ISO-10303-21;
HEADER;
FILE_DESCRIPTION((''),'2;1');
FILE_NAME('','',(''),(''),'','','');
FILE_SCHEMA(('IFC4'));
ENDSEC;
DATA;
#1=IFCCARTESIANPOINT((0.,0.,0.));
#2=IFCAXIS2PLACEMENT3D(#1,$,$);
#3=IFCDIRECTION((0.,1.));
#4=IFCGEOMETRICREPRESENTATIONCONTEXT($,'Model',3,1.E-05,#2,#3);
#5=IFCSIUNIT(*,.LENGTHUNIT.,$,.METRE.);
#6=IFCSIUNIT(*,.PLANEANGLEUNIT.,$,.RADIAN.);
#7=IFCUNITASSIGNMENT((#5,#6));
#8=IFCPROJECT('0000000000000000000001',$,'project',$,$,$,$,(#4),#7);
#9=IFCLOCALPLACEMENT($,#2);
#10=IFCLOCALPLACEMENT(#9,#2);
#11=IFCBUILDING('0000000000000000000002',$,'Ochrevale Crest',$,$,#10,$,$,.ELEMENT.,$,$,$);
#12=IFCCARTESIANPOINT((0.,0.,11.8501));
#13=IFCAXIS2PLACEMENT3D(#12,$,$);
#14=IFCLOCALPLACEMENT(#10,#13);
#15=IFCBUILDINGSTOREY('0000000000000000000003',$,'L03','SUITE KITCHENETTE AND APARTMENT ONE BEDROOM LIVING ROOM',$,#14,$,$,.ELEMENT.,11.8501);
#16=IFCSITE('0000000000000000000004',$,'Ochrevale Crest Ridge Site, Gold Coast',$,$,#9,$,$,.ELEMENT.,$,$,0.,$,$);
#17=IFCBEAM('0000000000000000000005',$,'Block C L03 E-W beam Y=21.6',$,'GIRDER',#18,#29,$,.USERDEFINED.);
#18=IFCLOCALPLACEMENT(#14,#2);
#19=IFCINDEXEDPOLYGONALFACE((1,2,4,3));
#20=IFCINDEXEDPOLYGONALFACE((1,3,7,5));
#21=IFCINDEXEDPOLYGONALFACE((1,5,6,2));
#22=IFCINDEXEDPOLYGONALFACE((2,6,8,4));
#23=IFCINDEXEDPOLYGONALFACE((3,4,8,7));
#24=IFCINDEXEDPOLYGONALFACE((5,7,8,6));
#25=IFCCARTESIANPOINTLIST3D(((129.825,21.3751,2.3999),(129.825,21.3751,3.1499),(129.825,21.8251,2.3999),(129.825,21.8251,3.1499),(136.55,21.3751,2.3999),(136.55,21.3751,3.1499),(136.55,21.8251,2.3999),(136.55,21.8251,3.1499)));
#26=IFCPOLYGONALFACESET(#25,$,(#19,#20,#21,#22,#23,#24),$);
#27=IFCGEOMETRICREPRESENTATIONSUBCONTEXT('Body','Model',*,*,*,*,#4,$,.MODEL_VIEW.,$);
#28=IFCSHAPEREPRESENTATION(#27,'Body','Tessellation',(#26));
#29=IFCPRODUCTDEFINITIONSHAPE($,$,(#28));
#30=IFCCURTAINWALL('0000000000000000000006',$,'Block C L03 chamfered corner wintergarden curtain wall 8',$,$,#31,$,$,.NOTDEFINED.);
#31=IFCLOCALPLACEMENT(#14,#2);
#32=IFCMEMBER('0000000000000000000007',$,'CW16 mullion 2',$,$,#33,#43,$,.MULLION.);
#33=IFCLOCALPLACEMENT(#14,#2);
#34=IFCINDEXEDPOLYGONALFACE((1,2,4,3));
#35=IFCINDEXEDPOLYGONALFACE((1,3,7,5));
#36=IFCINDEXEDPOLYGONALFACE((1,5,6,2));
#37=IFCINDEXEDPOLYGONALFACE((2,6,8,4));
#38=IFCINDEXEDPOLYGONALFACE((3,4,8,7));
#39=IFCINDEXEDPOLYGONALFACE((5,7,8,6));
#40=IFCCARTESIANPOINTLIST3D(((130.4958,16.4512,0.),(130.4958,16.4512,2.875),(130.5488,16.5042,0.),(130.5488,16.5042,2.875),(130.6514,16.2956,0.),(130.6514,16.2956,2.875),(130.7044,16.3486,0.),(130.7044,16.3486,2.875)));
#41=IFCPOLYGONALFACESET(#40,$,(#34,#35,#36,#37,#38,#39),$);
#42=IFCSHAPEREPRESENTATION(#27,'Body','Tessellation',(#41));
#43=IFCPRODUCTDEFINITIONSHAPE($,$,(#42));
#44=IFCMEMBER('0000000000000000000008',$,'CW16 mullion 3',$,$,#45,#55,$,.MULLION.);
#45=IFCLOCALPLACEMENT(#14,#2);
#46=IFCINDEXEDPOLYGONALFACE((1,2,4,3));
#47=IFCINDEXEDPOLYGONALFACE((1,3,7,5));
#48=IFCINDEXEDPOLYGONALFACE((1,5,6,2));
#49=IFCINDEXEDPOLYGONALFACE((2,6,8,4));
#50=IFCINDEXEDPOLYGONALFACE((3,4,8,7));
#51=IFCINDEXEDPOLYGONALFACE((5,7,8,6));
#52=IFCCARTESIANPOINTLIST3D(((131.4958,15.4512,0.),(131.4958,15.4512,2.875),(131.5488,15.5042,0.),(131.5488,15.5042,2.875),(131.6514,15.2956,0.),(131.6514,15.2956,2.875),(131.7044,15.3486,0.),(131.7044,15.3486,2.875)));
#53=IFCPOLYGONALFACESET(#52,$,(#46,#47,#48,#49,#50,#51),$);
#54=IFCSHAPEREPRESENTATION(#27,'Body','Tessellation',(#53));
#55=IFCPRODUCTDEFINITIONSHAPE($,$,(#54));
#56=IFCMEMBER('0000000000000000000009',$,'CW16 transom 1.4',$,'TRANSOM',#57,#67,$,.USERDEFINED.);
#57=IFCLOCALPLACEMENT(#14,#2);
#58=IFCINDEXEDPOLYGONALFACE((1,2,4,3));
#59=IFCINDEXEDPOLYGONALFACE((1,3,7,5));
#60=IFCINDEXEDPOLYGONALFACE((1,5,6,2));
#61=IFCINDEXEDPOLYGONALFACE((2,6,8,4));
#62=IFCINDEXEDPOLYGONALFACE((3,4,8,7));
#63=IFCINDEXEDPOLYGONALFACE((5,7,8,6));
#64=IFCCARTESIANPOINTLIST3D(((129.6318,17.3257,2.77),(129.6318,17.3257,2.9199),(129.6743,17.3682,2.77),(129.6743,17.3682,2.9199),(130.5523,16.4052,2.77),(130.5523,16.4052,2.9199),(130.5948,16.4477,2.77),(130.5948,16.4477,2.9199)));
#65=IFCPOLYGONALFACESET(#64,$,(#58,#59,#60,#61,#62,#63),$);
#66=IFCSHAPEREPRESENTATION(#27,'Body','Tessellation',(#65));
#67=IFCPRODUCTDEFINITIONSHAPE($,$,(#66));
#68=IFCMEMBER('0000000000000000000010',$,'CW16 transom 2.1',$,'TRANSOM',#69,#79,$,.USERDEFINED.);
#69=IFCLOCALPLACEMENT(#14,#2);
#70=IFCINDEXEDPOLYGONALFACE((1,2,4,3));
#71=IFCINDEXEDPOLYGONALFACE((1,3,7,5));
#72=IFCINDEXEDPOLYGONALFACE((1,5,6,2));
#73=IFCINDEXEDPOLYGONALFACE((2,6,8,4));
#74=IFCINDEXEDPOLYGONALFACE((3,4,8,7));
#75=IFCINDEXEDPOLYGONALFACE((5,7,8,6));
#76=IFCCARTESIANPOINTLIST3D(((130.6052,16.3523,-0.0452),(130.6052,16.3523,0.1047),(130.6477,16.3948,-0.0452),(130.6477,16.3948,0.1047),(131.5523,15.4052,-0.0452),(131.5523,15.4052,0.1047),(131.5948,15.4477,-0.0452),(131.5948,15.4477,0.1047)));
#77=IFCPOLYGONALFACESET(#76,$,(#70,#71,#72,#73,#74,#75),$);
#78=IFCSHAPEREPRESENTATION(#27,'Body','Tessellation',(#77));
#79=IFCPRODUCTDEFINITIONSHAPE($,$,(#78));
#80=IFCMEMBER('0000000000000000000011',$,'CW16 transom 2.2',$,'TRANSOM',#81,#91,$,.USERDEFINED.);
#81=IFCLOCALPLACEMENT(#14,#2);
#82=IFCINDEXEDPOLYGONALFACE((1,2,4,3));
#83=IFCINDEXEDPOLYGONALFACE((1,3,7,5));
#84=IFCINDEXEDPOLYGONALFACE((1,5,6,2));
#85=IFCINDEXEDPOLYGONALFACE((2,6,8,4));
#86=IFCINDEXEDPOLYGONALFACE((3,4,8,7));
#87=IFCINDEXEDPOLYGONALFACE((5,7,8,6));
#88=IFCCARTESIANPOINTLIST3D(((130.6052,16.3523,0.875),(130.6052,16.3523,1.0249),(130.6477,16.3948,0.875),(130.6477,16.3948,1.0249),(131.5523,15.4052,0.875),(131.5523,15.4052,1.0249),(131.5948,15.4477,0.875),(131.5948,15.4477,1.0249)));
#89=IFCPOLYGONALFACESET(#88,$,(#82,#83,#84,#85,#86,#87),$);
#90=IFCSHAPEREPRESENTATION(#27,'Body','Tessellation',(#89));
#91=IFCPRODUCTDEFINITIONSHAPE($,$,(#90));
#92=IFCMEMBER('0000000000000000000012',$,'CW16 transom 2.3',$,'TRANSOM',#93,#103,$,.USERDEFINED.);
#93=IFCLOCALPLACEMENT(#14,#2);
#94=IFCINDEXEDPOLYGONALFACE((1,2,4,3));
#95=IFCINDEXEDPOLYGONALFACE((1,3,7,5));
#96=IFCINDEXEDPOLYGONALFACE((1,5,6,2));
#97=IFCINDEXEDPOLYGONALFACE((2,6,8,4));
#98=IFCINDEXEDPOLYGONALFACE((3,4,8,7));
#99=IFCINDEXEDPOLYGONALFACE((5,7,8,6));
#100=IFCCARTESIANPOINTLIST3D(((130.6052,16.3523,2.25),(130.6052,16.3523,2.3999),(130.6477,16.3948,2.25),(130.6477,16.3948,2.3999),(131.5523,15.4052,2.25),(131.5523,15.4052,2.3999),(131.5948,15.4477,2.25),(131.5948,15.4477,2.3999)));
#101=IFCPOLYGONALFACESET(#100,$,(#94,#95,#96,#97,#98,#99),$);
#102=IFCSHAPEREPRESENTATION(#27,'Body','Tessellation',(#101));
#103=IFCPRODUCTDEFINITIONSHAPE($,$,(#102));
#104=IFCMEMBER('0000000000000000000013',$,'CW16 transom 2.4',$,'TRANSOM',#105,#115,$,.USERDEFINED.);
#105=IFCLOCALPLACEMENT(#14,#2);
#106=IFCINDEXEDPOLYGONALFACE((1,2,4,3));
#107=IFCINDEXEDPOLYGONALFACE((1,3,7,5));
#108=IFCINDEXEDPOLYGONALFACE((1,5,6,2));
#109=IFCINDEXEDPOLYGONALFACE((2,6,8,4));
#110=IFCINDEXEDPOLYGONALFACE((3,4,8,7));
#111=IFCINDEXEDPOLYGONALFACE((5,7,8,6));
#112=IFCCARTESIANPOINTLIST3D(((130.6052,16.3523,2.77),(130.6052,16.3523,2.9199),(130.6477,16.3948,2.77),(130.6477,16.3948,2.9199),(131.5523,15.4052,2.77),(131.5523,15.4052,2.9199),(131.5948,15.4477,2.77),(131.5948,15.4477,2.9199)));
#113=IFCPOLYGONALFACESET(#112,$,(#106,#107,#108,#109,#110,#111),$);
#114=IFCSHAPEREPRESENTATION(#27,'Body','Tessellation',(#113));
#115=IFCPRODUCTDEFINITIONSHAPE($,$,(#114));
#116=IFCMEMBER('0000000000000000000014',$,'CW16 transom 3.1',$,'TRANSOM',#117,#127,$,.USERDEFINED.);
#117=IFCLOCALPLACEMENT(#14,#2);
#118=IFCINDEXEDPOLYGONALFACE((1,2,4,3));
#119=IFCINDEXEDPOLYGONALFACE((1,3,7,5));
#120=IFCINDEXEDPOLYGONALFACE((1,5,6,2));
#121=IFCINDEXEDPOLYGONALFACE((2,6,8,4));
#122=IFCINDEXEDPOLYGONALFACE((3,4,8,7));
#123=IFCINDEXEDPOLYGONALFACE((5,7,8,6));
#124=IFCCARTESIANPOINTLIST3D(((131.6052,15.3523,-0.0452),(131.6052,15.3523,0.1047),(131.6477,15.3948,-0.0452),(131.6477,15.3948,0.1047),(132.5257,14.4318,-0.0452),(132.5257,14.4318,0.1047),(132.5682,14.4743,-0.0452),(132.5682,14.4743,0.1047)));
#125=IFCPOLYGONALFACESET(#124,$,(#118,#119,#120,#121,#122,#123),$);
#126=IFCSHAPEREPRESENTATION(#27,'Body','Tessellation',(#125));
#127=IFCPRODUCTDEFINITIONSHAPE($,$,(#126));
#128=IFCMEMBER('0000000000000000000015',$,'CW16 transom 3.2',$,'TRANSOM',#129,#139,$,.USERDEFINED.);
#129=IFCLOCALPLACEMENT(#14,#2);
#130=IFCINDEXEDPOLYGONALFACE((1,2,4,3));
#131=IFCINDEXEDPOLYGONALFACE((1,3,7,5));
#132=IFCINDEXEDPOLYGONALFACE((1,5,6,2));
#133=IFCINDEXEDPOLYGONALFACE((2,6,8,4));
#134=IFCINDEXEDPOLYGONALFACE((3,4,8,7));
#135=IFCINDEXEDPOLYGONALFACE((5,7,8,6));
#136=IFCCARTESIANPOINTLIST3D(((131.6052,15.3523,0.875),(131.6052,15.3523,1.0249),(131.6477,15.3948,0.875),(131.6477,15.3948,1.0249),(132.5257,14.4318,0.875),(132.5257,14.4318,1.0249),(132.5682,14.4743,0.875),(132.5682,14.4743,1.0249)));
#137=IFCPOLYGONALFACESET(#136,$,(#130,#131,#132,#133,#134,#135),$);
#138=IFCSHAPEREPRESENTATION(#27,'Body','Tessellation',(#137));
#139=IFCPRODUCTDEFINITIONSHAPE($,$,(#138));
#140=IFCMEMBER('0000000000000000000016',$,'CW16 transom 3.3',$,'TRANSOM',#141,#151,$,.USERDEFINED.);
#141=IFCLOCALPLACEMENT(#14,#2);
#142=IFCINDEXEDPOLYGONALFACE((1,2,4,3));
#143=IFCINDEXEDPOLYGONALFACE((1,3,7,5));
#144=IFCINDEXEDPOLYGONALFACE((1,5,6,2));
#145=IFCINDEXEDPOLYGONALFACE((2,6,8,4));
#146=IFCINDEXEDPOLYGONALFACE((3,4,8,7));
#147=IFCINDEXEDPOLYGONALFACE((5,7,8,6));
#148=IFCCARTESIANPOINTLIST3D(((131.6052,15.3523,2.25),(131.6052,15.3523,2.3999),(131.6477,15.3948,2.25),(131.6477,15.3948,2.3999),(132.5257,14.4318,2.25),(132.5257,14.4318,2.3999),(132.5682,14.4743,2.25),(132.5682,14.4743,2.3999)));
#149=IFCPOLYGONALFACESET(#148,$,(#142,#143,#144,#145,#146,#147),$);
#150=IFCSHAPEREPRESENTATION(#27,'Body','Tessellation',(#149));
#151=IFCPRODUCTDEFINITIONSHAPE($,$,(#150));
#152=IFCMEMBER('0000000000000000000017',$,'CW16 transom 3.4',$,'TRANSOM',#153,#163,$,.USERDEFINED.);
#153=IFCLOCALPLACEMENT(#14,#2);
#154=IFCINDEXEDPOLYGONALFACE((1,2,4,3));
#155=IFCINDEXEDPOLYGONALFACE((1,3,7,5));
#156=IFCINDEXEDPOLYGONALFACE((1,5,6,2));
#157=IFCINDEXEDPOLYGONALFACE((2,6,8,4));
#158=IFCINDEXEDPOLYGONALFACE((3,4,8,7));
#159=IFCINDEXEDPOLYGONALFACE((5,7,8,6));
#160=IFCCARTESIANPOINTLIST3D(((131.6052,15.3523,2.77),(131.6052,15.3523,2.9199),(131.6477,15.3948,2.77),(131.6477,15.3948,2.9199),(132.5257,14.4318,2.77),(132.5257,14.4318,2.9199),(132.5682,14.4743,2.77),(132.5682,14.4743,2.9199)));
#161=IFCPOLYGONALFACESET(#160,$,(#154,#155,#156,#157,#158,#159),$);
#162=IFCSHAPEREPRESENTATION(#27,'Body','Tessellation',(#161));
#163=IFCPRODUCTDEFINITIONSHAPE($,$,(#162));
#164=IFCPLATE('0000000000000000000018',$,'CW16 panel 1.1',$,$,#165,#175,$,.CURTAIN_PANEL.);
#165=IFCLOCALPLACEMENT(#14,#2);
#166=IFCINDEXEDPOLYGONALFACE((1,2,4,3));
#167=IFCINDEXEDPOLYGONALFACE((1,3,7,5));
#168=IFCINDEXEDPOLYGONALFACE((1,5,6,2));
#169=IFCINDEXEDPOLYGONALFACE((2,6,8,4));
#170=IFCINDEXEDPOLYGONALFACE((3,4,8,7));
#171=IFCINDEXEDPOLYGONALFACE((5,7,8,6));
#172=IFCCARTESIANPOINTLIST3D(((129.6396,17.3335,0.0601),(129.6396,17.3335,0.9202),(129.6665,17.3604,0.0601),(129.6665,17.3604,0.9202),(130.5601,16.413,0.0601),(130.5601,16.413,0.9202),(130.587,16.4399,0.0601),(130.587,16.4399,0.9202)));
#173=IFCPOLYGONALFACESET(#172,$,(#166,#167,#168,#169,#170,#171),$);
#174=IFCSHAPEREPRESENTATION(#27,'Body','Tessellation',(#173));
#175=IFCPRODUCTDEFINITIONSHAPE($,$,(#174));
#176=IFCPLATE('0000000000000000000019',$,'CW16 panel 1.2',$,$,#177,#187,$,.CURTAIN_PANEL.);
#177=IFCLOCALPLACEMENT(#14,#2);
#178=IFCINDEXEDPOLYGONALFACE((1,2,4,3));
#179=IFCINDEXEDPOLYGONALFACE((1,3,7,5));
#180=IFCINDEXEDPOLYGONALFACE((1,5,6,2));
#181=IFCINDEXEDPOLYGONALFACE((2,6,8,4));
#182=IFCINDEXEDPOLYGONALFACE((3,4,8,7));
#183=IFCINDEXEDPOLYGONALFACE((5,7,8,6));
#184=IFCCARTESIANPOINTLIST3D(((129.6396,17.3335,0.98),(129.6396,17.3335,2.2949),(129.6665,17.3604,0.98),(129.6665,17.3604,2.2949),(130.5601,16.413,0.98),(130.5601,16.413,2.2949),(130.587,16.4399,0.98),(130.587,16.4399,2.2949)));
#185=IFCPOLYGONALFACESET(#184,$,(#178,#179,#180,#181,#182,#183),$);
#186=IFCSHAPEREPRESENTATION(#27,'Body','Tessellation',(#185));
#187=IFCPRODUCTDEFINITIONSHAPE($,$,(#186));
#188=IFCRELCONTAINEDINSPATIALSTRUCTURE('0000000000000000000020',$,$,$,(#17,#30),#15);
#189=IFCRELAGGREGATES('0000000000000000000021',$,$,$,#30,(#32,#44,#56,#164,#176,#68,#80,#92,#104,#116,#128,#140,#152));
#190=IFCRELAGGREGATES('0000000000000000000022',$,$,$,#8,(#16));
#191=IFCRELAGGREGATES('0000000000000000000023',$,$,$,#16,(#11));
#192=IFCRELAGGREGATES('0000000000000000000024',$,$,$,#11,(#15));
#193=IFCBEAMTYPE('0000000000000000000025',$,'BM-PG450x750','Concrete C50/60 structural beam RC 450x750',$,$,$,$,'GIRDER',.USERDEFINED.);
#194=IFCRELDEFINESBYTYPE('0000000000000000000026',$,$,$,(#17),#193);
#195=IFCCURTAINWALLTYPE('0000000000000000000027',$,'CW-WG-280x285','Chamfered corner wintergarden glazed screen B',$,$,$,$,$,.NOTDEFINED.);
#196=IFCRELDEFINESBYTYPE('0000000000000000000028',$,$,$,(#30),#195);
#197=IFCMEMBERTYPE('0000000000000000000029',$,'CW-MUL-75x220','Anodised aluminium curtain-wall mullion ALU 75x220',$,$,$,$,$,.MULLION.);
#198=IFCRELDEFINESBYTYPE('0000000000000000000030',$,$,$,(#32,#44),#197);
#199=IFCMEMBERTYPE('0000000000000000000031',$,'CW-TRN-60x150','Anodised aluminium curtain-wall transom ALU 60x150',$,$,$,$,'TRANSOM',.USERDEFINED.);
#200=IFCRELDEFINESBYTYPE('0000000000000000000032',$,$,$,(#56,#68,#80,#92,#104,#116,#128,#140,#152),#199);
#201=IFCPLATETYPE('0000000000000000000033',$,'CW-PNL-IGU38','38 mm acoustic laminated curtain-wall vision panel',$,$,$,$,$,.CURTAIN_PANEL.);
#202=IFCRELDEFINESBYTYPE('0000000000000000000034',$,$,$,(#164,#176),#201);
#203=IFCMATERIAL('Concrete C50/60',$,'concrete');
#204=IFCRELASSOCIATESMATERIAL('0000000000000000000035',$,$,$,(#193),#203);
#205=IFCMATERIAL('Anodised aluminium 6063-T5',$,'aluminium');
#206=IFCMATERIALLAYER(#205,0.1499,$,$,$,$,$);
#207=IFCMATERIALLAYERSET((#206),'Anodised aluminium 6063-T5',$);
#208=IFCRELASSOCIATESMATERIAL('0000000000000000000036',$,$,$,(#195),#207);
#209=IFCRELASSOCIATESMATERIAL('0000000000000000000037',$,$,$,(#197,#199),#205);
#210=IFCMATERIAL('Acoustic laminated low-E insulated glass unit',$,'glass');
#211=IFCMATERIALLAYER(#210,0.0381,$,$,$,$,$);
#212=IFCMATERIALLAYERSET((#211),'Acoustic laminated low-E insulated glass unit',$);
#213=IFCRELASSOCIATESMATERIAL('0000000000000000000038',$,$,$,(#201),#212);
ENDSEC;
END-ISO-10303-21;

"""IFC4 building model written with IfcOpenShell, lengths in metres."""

from ifc_helpers import new_model, si_unit, direction, frame, origin, origin_2d, place, context, subcontext, project, spatial, rectangle, extrude, material, layer, layer_set, material_profile, profile_set, type_object, element, aggregate, save


model = new_model("IFC4")

# Units and contexts
model_context = context("Model", 3, precision=1e-05, world=origin(), true_north=direction((0.0, 1.0)))
body_context = subcontext(model_context, "Body", "Model", "MODEL_VIEW")
ifc_project = project(units=[si_unit("LENGTHUNIT", "METRE"), si_unit("PLANEANGLEUNIT", "RADIAN")], contexts=[model_context])

# Site, building, storey
site_placement = place(None, origin())
site = spatial("IfcSite", under=ifc_project, at=site_placement, Name="Ochrevale Crest Ridge Site, Gold Coast", CompositionType="ELEMENT", RefElevation=0.0)
building_placement = place(site_placement, origin())
building = spatial("IfcBuilding", under=site, at=building_placement, Name="Ochrevale Crest", CompositionType="ELEMENT")
storey_placement = place(building_placement, frame((0.0, 0.0, 11.8501)))
storey = spatial("IfcBuildingStorey", under=building, at=storey_placement, Name="L03", Description="SUITE KITCHENETTE AND APARTMENT ONE BEDROOM LIVING ROOM", CompositionType="ELEMENT", Elevation=11.8501)

# Beam
ifc_material_1 = material(Name="Concrete C50/60", Category="concrete")
ifc_material_profile_1 = material_profile(ifc_material_1, rectangle(XDim=0.45, YDim=0.75, at=origin_2d()), Name="RC 450x750")
ifc_profile_set_1 = profile_set([ifc_material_profile_1], Name="Concrete C50/60")
beam_type = type_object("IfcBeamType", Name="BM-PG450x750", Description="Concrete C50/60 structural beam RC 450x750", ElementType="GIRDER", PredefinedType="USERDEFINED", material=ifc_profile_set_1)
beam_placement = place(storey_placement, frame((129.825, 21.6001, 2.7749), z_axis=(1.0, 0.0, 0.0), x_axis=(0.0, 1.0, 0.0)))
element("IfcBeam", 1, at=beam_placement, inside=storey, type_object=beam_type, Name="Block C L03 E-W beam Y=21.6", ObjectType="GIRDER", PredefinedType="USERDEFINED", context=body_context, shape_type="SweptSolid", body=[
    extrude(rectangle(XDim=0.45, YDim=0.75, at=origin_2d()), origin(), (0.0, 0.0, 1.0), 6.7251),
])

# Curtain wall, members, plates
ifc_material_2 = material(Name="Anodised aluminium 6063-T5", Category="aluminium")
ifc_layer_1 = layer(ifc_material_2, 0.1499)
ifc_layer_set_1 = layer_set([ifc_layer_1], Name="Anodised aluminium 6063-T5")
curtain_wall_type = type_object("IfcCurtainWallType", Name="CW-WG-280x285", Description="Chamfered corner wintergarden glazed screen B", PredefinedType="NOTDEFINED", material=ifc_layer_set_1)
curtain_wall_placement = place(storey_placement, origin())
curtain_wall = element("IfcCurtainWall", 2, at=curtain_wall_placement, inside=storey, type_object=curtain_wall_type, Name="Block C L03 chamfered corner wintergarden curtain wall 8", PredefinedType="NOTDEFINED")
ifc_material_profile_2 = material_profile(ifc_material_2, rectangle(XDim=0.075, YDim=0.22, at=origin_2d()), Name="ALU 75x220")
ifc_profile_set_2 = profile_set([ifc_material_profile_2], Name="Anodised aluminium 6063-T5")
member_type_1 = type_object("IfcMemberType", Name="CW-MUL-75x220", Description="Anodised aluminium curtain-wall mullion ALU 75x220", PredefinedType="MULLION", material=ifc_profile_set_2)
member_1_placement = place(storey_placement, frame((130.6001, 16.3999, 0.0), z_axis=(0.0, 0.0, 1.0), x_axis=(0.707107, 0.707107, 0.0)))
member_1 = element("IfcMember", 3, at=member_1_placement, type_object=member_type_1, Name="CW16 mullion 2", PredefinedType="MULLION", context=body_context, shape_type="SweptSolid", body=[
    extrude(rectangle(XDim=0.075, YDim=0.22, at=origin_2d()), origin(), (0.0, 0.0, 1.0), 2.875),
])
member_2_placement = place(storey_placement, frame((131.6001, 15.3999, 0.0), z_axis=(0.0, 0.0, 1.0), x_axis=(0.707107, 0.707107, 0.0)))
member_2 = element("IfcMember", 4, at=member_2_placement, type_object=member_type_1, Name="CW16 mullion 3", PredefinedType="MULLION", context=body_context, shape_type="SweptSolid", body=[
    extrude(rectangle(XDim=0.075, YDim=0.22, at=origin_2d()), origin(), (0.0, 0.0, 1.0), 2.875),
])
ifc_material_profile_3 = material_profile(ifc_material_2, rectangle(XDim=0.0601, YDim=0.1499, at=origin_2d()), Name="ALU 60x150")
ifc_profile_set_3 = profile_set([ifc_material_profile_3], Name="Anodised aluminium 6063-T5")
member_type_2 = type_object("IfcMemberType", Name="CW-TRN-60x150", Description="Anodised aluminium curtain-wall transom ALU 60x150", ElementType="TRANSOM", PredefinedType="USERDEFINED", material=ifc_profile_set_3)
member_3_placement = place(storey_placement, frame((129.6531, 17.3469, 2.845), z_axis=(0.707107, -0.707107, 0.0), x_axis=(0.707107, 0.707107, 0.0)))
member_3 = element("IfcMember", 5, at=member_3_placement, type_object=member_type_2, Name="CW16 transom 1.4", ObjectType="TRANSOM", PredefinedType="USERDEFINED", context=body_context, shape_type="SweptSolid", body=[
    extrude(rectangle(XDim=0.0601, YDim=0.1499, at=origin_2d()), origin(), (0.0, 0.0, 1.0), 1.3018),
])
member_4_placement = place(storey_placement, frame((130.6265, 16.3735, 0.0298), z_axis=(0.707107, -0.707107, 0.0), x_axis=(0.707107, 0.707107, 0.0)))
member_4 = element("IfcMember", 6, at=member_4_placement, type_object=member_type_2, Name="CW16 transom 2.1", ObjectType="TRANSOM", PredefinedType="USERDEFINED", context=body_context, shape_type="SweptSolid", body=[
    extrude(rectangle(XDim=0.0601, YDim=0.1499, at=origin_2d()), origin(), (0.0, 0.0, 1.0), 1.3394),
])
member_5_placement = place(storey_placement, frame((130.6265, 16.3735, 0.95), z_axis=(0.707107, -0.707107, 0.0), x_axis=(0.707107, 0.707107, 0.0)))
member_5 = element("IfcMember", 7, at=member_5_placement, type_object=member_type_2, Name="CW16 transom 2.2", ObjectType="TRANSOM", PredefinedType="USERDEFINED", context=body_context, shape_type="SweptSolid", body=[
    extrude(rectangle(XDim=0.0601, YDim=0.1499, at=origin_2d()), origin(), (0.0, 0.0, 1.0), 1.3394),
])
member_6_placement = place(storey_placement, frame((130.6265, 16.3735, 2.325), z_axis=(0.707107, -0.707107, 0.0), x_axis=(0.707107, 0.707107, 0.0)))
member_6 = element("IfcMember", 8, at=member_6_placement, type_object=member_type_2, Name="CW16 transom 2.3", ObjectType="TRANSOM", PredefinedType="USERDEFINED", context=body_context, shape_type="SweptSolid", body=[
    extrude(rectangle(XDim=0.0601, YDim=0.1499, at=origin_2d()), origin(), (0.0, 0.0, 1.0), 1.3394),
])
member_7_placement = place(storey_placement, frame((130.6265, 16.3735, 2.845), z_axis=(0.707107, -0.707107, 0.0), x_axis=(0.707107, 0.707107, 0.0)))
member_7 = element("IfcMember", 9, at=member_7_placement, type_object=member_type_2, Name="CW16 transom 2.4", ObjectType="TRANSOM", PredefinedType="USERDEFINED", context=body_context, shape_type="SweptSolid", body=[
    extrude(rectangle(XDim=0.0601, YDim=0.1499, at=origin_2d()), origin(), (0.0, 0.0, 1.0), 1.3394),
])
member_8_placement = place(storey_placement, frame((131.6265, 15.3735, 0.0298), z_axis=(0.707107, -0.707107, 0.0), x_axis=(0.707107, 0.707107, 0.0)))
member_8 = element("IfcMember", 10, at=member_8_placement, type_object=member_type_2, Name="CW16 transom 3.1", ObjectType="TRANSOM", PredefinedType="USERDEFINED", context=body_context, shape_type="SweptSolid", body=[
    extrude(rectangle(XDim=0.0601, YDim=0.1499, at=origin_2d()), origin(), (0.0, 0.0, 1.0), 1.3018),
])
member_9_placement = place(storey_placement, frame((131.6265, 15.3735, 0.95), z_axis=(0.707107, -0.707107, 0.0), x_axis=(0.707107, 0.707107, 0.0)))
member_9 = element("IfcMember", 11, at=member_9_placement, type_object=member_type_2, Name="CW16 transom 3.2", ObjectType="TRANSOM", PredefinedType="USERDEFINED", context=body_context, shape_type="SweptSolid", body=[
    extrude(rectangle(XDim=0.0601, YDim=0.1499, at=origin_2d()), origin(), (0.0, 0.0, 1.0), 1.3018),
])
member_10_placement = place(storey_placement, frame((131.6265, 15.3735, 2.325), z_axis=(0.707107, -0.707107, 0.0), x_axis=(0.707107, 0.707107, 0.0)))
member_10 = element("IfcMember", 12, at=member_10_placement, type_object=member_type_2, Name="CW16 transom 3.3", ObjectType="TRANSOM", PredefinedType="USERDEFINED", context=body_context, shape_type="SweptSolid", body=[
    extrude(rectangle(XDim=0.0601, YDim=0.1499, at=origin_2d()), origin(), (0.0, 0.0, 1.0), 1.3018),
])
member_11_placement = place(storey_placement, frame((131.6265, 15.3735, 2.845), z_axis=(0.707107, -0.707107, 0.0), x_axis=(0.707107, 0.707107, 0.0)))
member_11 = element("IfcMember", 13, at=member_11_placement, type_object=member_type_2, Name="CW16 transom 3.4", ObjectType="TRANSOM", PredefinedType="USERDEFINED", context=body_context, shape_type="SweptSolid", body=[
    extrude(rectangle(XDim=0.0601, YDim=0.1499, at=origin_2d()), origin(), (0.0, 0.0, 1.0), 1.3018),
])
ifc_material_3 = material(Name="Acoustic laminated low-E insulated glass unit", Category="glass")
ifc_layer_2 = layer(ifc_material_3, 0.0381)
ifc_layer_set_2 = layer_set([ifc_layer_2], Name="Acoustic laminated low-E insulated glass unit")
plate_type = type_object("IfcPlateType", Name="CW-PNL-IGU38", Description="38 mm acoustic laminated curtain-wall vision panel", PredefinedType="CURTAIN_PANEL", material=ifc_layer_set_2)
plate_1_placement = place(storey_placement, frame((130.1133, 16.8867, 0.0601), z_axis=(0.0, 0.0, 1.0), x_axis=(0.707107, -0.707107, 0.0)))
plate_1 = element("IfcPlate", 14, at=plate_1_placement, type_object=plate_type, Name="CW16 panel 1.1", PredefinedType="CURTAIN_PANEL", context=body_context, shape_type="SweptSolid", body=[
    extrude(rectangle(XDim=1.3018, YDim=0.0381, at=origin_2d()), origin(), (0.0, 0.0, 1.0), 0.8601),
])
plate_2_placement = place(storey_placement, frame((130.1133, 16.8867, 0.98), z_axis=(0.0, 0.0, 1.0), x_axis=(0.707107, -0.707107, 0.0)))
plate_2 = element("IfcPlate", 15, at=plate_2_placement, type_object=plate_type, Name="CW16 panel 1.2", PredefinedType="CURTAIN_PANEL", context=body_context, shape_type="SweptSolid", body=[
    extrude(rectangle(XDim=1.3018, YDim=0.0381, at=origin_2d()), origin(), (0.0, 0.0, 1.0), 1.3149),
])
aggregate(curtain_wall, [member_1, member_2, member_3, plate_1, plate_2, member_4, member_5, member_6, member_7, member_8, member_9, member_10, member_11])

save(model, "model.ifc")
